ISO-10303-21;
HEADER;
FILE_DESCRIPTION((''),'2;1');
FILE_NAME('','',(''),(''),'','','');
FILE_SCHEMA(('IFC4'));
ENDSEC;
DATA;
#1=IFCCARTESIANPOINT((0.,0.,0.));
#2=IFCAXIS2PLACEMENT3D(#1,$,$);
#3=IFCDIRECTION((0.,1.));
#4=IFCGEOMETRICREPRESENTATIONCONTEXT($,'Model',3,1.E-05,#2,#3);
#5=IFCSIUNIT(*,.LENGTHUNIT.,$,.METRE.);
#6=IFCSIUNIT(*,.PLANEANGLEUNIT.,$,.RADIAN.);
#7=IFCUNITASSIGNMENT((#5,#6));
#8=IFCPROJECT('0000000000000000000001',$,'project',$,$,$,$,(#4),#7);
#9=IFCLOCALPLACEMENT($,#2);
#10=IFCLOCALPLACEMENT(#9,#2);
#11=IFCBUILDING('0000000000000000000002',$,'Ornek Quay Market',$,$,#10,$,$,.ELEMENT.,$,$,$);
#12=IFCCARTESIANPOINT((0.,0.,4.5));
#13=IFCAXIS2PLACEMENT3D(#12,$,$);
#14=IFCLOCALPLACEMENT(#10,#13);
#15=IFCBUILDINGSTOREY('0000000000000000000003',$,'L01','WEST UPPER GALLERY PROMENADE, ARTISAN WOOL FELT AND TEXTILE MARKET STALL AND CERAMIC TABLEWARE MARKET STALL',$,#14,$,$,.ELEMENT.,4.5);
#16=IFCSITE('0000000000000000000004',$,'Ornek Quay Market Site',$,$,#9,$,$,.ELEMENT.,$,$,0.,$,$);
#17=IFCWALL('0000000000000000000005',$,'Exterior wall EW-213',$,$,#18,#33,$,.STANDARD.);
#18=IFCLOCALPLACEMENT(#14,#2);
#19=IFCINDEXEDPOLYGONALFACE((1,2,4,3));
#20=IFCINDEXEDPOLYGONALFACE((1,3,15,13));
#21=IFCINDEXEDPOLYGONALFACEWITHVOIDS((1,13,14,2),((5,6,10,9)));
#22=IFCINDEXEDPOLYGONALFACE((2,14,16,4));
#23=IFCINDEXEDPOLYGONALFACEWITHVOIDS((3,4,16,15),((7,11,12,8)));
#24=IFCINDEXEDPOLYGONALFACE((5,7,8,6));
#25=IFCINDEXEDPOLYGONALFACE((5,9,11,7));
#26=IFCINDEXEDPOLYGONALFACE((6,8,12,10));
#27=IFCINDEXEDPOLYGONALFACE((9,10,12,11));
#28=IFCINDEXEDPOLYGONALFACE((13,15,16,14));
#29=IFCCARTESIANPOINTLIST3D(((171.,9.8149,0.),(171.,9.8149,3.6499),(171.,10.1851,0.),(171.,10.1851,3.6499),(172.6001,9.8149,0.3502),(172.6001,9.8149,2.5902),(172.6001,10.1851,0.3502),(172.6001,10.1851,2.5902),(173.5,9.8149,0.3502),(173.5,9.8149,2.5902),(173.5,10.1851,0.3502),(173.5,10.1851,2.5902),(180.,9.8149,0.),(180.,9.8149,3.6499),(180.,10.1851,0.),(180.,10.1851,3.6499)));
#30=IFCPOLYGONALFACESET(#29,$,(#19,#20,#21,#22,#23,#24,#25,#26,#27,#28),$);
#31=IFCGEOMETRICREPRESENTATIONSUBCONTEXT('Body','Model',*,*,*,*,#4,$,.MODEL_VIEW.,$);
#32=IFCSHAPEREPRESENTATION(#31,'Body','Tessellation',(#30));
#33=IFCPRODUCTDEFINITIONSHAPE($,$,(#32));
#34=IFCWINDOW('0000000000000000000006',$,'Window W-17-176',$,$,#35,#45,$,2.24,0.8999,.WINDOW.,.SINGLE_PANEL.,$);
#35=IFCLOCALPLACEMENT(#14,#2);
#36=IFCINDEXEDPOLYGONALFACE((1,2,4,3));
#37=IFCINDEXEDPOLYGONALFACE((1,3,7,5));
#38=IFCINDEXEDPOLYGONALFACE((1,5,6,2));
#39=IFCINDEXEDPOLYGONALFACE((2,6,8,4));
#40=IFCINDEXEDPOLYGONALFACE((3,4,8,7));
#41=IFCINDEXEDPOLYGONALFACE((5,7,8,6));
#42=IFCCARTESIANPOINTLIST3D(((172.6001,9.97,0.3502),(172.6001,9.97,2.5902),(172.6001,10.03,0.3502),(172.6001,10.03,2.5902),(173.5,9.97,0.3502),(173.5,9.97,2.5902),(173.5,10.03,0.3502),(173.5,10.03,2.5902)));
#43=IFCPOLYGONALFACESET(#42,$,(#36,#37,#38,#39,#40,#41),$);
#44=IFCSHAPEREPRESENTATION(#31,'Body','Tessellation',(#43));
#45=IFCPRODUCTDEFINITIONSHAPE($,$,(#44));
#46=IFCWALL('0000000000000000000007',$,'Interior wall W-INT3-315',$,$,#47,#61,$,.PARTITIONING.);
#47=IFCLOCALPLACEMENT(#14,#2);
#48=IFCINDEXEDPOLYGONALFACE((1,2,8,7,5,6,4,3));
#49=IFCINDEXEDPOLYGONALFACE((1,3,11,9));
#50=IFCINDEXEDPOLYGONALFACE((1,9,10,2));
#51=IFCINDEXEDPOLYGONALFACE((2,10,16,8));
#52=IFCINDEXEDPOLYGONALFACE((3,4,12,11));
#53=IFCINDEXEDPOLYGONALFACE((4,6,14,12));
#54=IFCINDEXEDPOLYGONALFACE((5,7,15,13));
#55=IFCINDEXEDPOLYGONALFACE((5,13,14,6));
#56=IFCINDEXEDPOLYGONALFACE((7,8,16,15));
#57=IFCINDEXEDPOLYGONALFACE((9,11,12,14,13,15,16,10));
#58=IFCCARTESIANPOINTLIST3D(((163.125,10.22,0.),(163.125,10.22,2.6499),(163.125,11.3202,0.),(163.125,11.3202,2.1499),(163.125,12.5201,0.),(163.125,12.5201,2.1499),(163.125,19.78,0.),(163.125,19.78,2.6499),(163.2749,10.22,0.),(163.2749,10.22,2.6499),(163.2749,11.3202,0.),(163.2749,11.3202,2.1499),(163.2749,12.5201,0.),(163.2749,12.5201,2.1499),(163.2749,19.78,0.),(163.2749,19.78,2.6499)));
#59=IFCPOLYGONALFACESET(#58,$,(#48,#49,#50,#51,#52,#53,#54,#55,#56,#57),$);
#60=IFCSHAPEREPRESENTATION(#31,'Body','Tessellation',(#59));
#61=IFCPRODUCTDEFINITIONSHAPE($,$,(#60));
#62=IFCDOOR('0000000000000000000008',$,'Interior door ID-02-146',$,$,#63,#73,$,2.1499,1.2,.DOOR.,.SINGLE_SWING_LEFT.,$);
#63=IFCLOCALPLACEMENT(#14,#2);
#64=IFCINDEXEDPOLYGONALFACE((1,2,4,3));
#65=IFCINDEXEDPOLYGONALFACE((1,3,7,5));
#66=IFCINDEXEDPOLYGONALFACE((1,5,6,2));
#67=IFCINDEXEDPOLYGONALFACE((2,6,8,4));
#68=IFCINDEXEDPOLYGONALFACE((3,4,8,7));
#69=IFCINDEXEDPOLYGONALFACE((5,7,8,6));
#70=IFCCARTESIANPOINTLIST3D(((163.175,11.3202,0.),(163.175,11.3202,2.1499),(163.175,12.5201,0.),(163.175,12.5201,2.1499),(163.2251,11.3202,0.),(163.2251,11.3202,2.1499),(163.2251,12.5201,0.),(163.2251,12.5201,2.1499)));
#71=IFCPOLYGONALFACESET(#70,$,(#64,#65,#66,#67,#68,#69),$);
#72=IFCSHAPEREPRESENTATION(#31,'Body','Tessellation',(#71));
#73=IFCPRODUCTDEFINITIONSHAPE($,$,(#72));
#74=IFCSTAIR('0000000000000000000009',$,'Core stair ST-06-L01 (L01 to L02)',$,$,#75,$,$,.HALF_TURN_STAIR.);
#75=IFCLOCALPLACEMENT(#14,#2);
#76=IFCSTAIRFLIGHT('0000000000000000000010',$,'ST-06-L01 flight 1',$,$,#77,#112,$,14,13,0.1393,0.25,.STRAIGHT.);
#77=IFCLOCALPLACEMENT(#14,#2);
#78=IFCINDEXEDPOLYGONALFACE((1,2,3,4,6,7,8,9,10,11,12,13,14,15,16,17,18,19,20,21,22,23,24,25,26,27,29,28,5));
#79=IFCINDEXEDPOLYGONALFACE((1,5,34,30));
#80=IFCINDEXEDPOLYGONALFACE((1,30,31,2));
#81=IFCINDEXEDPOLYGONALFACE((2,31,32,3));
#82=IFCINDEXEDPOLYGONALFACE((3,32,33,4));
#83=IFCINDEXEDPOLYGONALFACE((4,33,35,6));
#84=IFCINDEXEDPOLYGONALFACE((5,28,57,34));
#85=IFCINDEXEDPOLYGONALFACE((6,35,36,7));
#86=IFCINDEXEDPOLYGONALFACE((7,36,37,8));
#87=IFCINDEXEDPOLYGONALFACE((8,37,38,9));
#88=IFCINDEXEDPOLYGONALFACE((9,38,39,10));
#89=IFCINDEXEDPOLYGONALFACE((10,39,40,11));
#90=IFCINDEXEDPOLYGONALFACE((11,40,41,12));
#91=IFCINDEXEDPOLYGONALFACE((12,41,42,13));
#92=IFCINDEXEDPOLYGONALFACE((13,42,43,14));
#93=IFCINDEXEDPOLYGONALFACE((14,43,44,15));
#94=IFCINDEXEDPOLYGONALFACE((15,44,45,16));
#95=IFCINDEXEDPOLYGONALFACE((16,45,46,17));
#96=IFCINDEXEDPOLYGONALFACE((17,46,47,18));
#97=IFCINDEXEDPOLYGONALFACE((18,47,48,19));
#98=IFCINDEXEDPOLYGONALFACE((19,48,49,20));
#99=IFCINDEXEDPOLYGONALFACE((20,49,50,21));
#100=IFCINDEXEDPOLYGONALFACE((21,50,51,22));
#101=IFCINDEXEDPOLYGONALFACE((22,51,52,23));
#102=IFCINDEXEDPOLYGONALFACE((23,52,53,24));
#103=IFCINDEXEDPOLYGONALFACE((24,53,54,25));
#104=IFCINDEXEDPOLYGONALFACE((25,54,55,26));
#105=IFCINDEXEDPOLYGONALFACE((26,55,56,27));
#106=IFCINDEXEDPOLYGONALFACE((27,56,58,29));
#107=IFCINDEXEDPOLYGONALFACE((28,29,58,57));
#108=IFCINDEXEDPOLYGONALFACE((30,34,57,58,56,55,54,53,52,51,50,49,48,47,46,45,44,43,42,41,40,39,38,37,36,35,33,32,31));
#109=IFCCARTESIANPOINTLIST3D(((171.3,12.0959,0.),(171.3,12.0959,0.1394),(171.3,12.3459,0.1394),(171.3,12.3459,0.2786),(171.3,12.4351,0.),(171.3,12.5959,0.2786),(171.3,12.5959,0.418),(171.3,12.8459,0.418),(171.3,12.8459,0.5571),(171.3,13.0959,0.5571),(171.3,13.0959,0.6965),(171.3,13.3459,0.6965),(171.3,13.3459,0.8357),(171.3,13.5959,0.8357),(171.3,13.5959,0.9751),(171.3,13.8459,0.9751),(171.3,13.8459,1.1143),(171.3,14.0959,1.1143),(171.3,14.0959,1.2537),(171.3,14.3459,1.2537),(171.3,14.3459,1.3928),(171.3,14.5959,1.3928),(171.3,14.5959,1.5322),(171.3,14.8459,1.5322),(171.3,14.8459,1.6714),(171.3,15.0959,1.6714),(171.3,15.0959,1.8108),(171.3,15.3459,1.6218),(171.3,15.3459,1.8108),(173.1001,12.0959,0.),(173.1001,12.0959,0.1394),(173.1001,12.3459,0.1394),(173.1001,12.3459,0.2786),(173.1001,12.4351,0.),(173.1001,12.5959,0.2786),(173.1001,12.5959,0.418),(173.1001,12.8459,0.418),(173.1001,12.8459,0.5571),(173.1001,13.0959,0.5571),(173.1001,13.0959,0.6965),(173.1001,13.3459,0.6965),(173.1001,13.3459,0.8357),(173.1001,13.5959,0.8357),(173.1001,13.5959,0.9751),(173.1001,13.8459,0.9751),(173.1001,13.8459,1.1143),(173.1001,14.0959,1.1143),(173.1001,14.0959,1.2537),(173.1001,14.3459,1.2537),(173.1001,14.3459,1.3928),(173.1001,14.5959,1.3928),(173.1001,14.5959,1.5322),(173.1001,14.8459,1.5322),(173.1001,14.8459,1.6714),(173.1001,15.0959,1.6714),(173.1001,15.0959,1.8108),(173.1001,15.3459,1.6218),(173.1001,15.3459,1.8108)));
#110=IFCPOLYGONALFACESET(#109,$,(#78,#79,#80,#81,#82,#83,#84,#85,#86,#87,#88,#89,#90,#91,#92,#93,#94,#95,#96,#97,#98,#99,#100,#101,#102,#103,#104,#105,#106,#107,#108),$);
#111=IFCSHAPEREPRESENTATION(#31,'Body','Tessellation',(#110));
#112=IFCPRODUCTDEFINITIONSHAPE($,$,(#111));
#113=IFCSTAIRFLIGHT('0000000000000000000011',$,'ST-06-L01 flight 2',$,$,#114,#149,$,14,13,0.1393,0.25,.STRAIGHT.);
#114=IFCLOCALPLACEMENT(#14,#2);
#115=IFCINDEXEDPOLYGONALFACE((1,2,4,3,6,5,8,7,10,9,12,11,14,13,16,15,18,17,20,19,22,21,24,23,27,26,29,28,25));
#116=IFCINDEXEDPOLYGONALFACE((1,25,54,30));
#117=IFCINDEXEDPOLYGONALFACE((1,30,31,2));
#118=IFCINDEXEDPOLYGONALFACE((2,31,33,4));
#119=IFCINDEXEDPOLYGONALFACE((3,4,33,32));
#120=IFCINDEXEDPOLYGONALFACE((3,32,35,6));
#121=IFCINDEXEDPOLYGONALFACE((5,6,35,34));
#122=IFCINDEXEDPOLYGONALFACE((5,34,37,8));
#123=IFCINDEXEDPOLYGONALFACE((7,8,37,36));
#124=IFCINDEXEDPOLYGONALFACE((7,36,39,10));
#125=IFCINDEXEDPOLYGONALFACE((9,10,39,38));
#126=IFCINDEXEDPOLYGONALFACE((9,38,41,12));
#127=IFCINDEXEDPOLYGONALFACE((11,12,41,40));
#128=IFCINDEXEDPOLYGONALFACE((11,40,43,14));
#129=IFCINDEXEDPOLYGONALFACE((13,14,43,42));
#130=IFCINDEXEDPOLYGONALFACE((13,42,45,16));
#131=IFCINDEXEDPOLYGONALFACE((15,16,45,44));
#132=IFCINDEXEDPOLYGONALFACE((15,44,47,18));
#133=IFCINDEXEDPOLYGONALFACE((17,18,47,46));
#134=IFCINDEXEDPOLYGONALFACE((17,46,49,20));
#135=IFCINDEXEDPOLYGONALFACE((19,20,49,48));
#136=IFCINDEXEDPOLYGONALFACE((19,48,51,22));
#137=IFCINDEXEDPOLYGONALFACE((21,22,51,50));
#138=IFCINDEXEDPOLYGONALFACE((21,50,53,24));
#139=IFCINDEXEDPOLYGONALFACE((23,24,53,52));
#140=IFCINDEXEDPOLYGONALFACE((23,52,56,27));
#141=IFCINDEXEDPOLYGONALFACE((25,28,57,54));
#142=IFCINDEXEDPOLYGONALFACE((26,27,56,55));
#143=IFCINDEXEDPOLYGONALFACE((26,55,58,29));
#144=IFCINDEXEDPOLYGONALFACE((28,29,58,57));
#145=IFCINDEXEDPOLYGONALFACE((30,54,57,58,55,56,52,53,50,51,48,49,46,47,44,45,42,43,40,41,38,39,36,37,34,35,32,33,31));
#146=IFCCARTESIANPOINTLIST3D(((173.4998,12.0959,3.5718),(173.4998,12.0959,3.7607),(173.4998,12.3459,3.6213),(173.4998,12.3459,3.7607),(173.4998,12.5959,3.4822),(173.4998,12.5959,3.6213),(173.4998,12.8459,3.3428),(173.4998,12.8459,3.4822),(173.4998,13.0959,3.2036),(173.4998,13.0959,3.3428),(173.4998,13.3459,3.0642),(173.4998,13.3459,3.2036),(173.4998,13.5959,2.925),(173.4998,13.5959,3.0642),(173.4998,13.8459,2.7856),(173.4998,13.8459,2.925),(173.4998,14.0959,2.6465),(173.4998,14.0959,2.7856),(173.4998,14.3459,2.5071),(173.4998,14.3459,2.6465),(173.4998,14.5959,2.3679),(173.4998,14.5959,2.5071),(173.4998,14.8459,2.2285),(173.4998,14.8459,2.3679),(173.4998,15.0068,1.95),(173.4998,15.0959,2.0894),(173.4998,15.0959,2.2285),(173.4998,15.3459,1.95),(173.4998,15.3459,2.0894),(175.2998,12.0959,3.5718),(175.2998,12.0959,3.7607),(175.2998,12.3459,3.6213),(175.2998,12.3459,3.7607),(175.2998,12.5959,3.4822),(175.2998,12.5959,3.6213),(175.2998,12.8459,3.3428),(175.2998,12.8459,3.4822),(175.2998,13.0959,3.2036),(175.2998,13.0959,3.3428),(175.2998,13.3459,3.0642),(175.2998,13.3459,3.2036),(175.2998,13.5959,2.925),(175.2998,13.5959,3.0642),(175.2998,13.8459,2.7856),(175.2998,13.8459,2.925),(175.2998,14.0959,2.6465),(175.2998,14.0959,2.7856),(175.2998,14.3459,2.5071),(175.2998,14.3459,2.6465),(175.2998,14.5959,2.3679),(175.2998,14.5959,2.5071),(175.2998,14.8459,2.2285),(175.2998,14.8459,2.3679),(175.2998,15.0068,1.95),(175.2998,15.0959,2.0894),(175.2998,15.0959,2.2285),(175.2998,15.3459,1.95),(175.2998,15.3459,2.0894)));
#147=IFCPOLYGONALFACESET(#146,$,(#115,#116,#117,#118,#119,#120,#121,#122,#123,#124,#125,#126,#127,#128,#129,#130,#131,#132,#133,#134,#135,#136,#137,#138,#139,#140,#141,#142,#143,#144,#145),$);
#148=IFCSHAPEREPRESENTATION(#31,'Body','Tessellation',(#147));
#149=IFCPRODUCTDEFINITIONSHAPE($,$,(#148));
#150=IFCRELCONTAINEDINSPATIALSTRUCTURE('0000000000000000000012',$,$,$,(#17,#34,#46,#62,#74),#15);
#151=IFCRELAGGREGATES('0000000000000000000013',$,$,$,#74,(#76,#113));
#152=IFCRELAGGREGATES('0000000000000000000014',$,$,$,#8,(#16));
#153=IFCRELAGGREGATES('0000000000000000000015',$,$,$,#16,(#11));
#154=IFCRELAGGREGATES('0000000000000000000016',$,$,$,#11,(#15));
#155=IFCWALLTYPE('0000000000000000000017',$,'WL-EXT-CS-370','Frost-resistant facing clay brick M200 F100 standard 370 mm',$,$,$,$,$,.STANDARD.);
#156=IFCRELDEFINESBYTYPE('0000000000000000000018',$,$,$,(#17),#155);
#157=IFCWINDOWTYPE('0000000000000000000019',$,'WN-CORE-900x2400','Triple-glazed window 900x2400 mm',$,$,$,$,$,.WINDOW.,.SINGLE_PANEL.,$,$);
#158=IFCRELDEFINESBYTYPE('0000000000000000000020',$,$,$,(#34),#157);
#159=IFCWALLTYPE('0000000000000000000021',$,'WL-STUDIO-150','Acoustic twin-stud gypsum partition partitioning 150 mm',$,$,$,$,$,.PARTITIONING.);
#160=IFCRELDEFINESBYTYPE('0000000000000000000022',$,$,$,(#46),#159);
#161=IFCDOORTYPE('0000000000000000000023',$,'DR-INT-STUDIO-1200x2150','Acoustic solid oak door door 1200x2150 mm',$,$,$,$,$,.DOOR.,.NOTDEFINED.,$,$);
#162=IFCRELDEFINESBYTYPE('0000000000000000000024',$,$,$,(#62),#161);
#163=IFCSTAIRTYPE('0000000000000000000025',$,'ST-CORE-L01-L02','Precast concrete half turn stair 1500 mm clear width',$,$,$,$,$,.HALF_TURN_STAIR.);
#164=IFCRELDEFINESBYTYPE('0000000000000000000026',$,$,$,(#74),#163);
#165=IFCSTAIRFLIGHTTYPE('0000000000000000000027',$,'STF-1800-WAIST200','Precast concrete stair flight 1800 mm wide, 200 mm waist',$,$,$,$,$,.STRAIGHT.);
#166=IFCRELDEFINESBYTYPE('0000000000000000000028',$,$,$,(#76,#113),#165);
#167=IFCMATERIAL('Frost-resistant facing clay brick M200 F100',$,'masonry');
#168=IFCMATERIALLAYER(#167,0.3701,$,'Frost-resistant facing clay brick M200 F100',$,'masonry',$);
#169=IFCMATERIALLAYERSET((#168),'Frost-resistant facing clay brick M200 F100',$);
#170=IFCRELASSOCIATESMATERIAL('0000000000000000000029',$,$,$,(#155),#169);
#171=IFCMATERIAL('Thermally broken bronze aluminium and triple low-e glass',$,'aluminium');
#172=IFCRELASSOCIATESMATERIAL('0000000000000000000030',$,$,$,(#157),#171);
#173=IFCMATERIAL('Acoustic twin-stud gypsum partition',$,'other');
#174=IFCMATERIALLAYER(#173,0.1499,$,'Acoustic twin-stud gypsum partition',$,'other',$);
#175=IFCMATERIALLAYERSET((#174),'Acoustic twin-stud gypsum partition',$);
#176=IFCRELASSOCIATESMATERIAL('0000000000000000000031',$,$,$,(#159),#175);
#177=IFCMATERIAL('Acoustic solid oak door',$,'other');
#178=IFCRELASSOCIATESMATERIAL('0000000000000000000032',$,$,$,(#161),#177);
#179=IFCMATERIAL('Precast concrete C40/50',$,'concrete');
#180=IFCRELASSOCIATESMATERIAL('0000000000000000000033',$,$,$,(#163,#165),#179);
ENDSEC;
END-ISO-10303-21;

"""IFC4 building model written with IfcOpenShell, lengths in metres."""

from ifc_helpers import new_model, si_unit, direction, frame, frame_2d, origin, place, context, subcontext, project, spatial, polyline, rectangle, outline, extrude, material, layer, layer_set, type_object, element, fill, aggregate, save


model = new_model("IFC4")

# Units and contexts
model_context = context("Model", 3, precision=1e-05, world=origin(), true_north=direction((0.0, 1.0)))
body_context = subcontext(model_context, "Body", "Model", "MODEL_VIEW")
ifc_project = project(units=[si_unit("LENGTHUNIT", "METRE"), si_unit("PLANEANGLEUNIT", "RADIAN")], contexts=[model_context])

# Site, building, storey
site_placement = place(None, origin())
site = spatial("IfcSite", under=ifc_project, at=site_placement, Name="Ornek Quay Market Site", CompositionType="ELEMENT", RefElevation=0.0)
building_placement = place(site_placement, origin())
building = spatial("IfcBuilding", under=site, at=building_placement, Name="Ornek Quay Market", CompositionType="ELEMENT")
storey_placement = place(building_placement, frame((0.0, 0.0, 4.5)))
storey = spatial("IfcBuildingStorey", under=building, at=storey_placement, Name="L01", Description="WEST UPPER GALLERY PROMENADE, ARTISAN WOOL FELT AND TEXTILE MARKET STALL AND CERAMIC TABLEWARE MARKET STALL", CompositionType="ELEMENT", Elevation=4.5)

# Wall, opening, window
ifc_material_1 = material(Name="Frost-resistant facing clay brick M200 F100", Category="masonry")
ifc_layer_1 = layer(ifc_material_1, 0.3701, Name="Frost-resistant facing clay brick M200 F100", Category="masonry")
ifc_layer_set_1 = layer_set([ifc_layer_1], Name="Frost-resistant facing clay brick M200 F100")
wall_type_1 = type_object("IfcWallType", Name="WL-EXT-CS-370", Description="Frost-resistant facing clay brick M200 F100 standard 370 mm", PredefinedType="STANDARD", material=ifc_layer_set_1)
ifc_material_2 = material(Name="Thermally broken bronze aluminium and triple low-e glass", Category="aluminium")
wall_1_placement = place(storey_placement, frame((171.0, 10.0, 0.0), z_axis=(0.0, 0.0, 1.0), x_axis=(1.0, 0.0, 0.0)))
wall_1 = element("IfcWall", 1, at=wall_1_placement, inside=storey, type_object=wall_type_1, Name="Exterior wall EW-213", PredefinedType="STANDARD", context=body_context, shape_type="SweptSolid", body=[
    extrude(rectangle(XDim=9.0, YDim=0.3701, at=frame_2d((4.5, 0.0))), origin(), (0.0, 0.0, 1.0), 3.6499),
])
opening_1_placement = place(wall_1_placement, frame((1.6001, 0.0, 0.3501)))
opening_1 = element("IfcOpeningElement", 2, at=opening_1_placement, cuts=wall_1, PredefinedType="OPENING", context=body_context, shape_type="SweptSolid", body=[
    extrude(rectangle(XDim=0.8999, YDim=2.24, at=frame_2d((0.45, 1.1201))), frame((0.0, 0.1951, 0.0), z_axis=(0.0, -1.0, 0.0), x_axis=(1.0, 0.0, 0.0)), (0.0, 0.0, 1.0), 0.3901),
])
window_type_1 = type_object("IfcWindowType", Name="WN-CORE-900x2400", Description="Triple-glazed window 900x2400 mm", PartitioningType="SINGLE_PANEL", PredefinedType="WINDOW", material=ifc_material_2)
window_1_placement = place(opening_1_placement, origin())
window_1 = element("IfcWindow", 3, at=window_1_placement, inside=storey, type_object=window_type_1, Name="Window W-17-176", OverallHeight=2.24, OverallWidth=0.8999, PartitioningType="SINGLE_PANEL", PredefinedType="WINDOW", context=body_context, shape_type="SweptSolid", body=[
    extrude(rectangle(XDim=0.8999, YDim=2.24, at=frame_2d((0.45, 1.1201))), frame((0.0, 0.03, 0.0), z_axis=(0.0, -1.0, 0.0), x_axis=(1.0, 0.0, 0.0)), (0.0, 0.0, 1.0), 0.0601),
])
fill(opening_1, window_1)

# Wall, opening, door
ifc_material_3 = material(Name="Acoustic twin-stud gypsum partition", Category="other")
ifc_layer_2 = layer(ifc_material_3, 0.1499, Name="Acoustic twin-stud gypsum partition", Category="other")
ifc_layer_set_2 = layer_set([ifc_layer_2], Name="Acoustic twin-stud gypsum partition")
wall_type_2 = type_object("IfcWallType", Name="WL-STUDIO-150", Description="Acoustic twin-stud gypsum partition partitioning 150 mm", PredefinedType="PARTITIONING", material=ifc_layer_set_2)
wall_2_placement = place(storey_placement, frame((163.2, 10.22, 0.0), z_axis=(0.0, 0.0, 1.0), x_axis=(0.0, 1.0, 0.0)))
wall_2 = element("IfcWall", 4, at=wall_2_placement, inside=storey, type_object=wall_type_2, Name="Interior wall W-INT3-315", PredefinedType="PARTITIONING", context=body_context, shape_type="SweptSolid", body=[
    extrude(rectangle(XDim=9.5601, YDim=0.1499, at=frame_2d((4.78, 0.0))), origin(), (0.0, 0.0, 1.0), 2.6499),
])
opening_2_placement = place(wall_2_placement, frame((1.1001, 0.0, 0.0)))
opening_2 = element("IfcOpeningElement", 5, at=opening_2_placement, cuts=wall_2, PredefinedType="OPENING", context=body_context, shape_type="SweptSolid", body=[
    extrude(rectangle(XDim=1.2, YDim=2.1499, at=frame_2d((0.6001, 1.075))), frame((0.0, 0.085, 0.0), z_axis=(0.0, -1.0, 0.0), x_axis=(1.0, 0.0, 0.0)), (0.0, 0.0, 1.0), 0.1699),
])
ifc_material_4 = material(Name="Acoustic solid oak door", Category="other")
door_type_1 = type_object("IfcDoorType", Name="DR-INT-STUDIO-1200x2150", Description="Acoustic solid oak door door 1200x2150 mm", OperationType="NOTDEFINED", PredefinedType="DOOR", material=ifc_material_4)
door_1_placement = place(opening_2_placement, origin())
door_1 = element("IfcDoor", 6, at=door_1_placement, inside=storey, type_object=door_type_1, Name="Interior door ID-02-146", OperationType="SINGLE_SWING_LEFT", OverallHeight=2.1499, OverallWidth=1.2, PredefinedType="DOOR", context=body_context, shape_type="SweptSolid", body=[
    extrude(rectangle(XDim=1.2, YDim=2.1499, at=frame_2d((0.6001, 1.075))), frame((0.0, 0.0249, 0.0), z_axis=(0.0, -1.0, 0.0), x_axis=(1.0, 0.0, 0.0)), (0.0, 0.0, 1.0), 0.05),
])
fill(opening_2, door_1)

# Stair, stair flights
ifc_material_5 = material(Name="Precast concrete C40/50", Category="concrete")
stair_type = type_object("IfcStairType", Name="ST-CORE-L01-L02", Description="Precast concrete half turn stair 1500 mm clear width", PredefinedType="HALF_TURN_STAIR", material=ifc_material_5)
stair_placement = place(storey_placement, origin())
stair = element("IfcStair", 7, at=stair_placement, inside=storey, type_object=stair_type, Name="Core stair ST-06-L01 (L01 to L02)", PredefinedType="HALF_TURN_STAIR")
stair_flight_type = type_object("IfcStairFlightType", Name="STF-1800-WAIST200", Description="Precast concrete stair flight 1800 mm wide, 200 mm waist", PredefinedType="STRAIGHT", material=ifc_material_5)
stair_flight_1_placement = place(storey_placement, frame((172.2, 12.0959, 0.0), z_axis=(0.0, 0.0, 1.0), x_axis=(0.0, 1.0, 0.0)))
stair_flight_1 = element("IfcStairFlight", 8, at=stair_flight_1_placement, type_object=stair_flight_type, Name="ST-06-L01 flight 1", NumberOfRisers=14, NumberOfTreads=13, PredefinedType="STRAIGHT", RiserHeight=0.1393, TreadLength=0.25, context=body_context, shape_type="SweptSolid", body=[
    extrude(outline(polyline([(0.0, 0.0), (0.0, 0.1394), (0.25, 0.1394), (0.25, 0.2786), (0.5, 0.2786), (0.5, 0.418), (0.75, 0.418), (0.75, 0.5571), (1.0, 0.5571), (1.0, 0.6965), (1.25, 0.6965), (1.25, 0.8357), (1.5, 0.8357), (1.5, 0.9751), (1.75, 0.9751), (1.75, 1.1143), (2.0, 1.1143), (2.0, 1.2537), (2.25, 1.2537), (2.25, 1.3928), (2.5, 1.3928), (2.5, 1.5322), (2.75, 1.5322), (2.75, 1.6714), (3.0, 1.6714), (3.0, 1.8108), (3.25, 1.8108), (3.25, 1.95), (3.25, 1.6218), (0.3391, 0.0), (0.0, 0.0)])), frame((0.0, 0.8999, 0.0), z_axis=(0.0, -1.0, 0.0), x_axis=(1.0, 0.0, 0.0)), (0.0, 0.0, 1.0), 1.8),
])
stair_flight_2_placement = place(storey_placement, frame((174.3999, 15.3459, 1.95), z_axis=(0.0, 0.0, 1.0), x_axis=(0.0, -1.0, 0.0)))
stair_flight_2 = element("IfcStairFlight", 9, at=stair_flight_2_placement, type_object=stair_flight_type, Name="ST-06-L01 flight 2", NumberOfRisers=14, NumberOfTreads=13, PredefinedType="STRAIGHT", RiserHeight=0.1393, TreadLength=0.25, context=body_context, shape_type="SweptSolid", body=[
    extrude(outline(polyline([(0.0, 0.0), (0.0, 0.1394), (0.25, 0.1394), (0.25, 0.2786), (0.5, 0.2786), (0.5, 0.418), (0.75, 0.418), (0.75, 0.5571), (1.0, 0.5571), (1.0, 0.6965), (1.25, 0.6965), (1.25, 0.8357), (1.5, 0.8357), (1.5, 0.9751), (1.75, 0.9751), (1.75, 1.1143), (2.0, 1.1143), (2.0, 1.2537), (2.25, 1.2537), (2.25, 1.3928), (2.5, 1.3928), (2.5, 1.5322), (2.75, 1.5322), (2.75, 1.6714), (3.0, 1.6714), (3.0, 1.8108), (3.25, 1.8108), (3.25, 1.95), (3.25, 1.6218), (0.3391, 0.0), (0.0, 0.0)])), frame((0.0, 0.8999, 0.0), z_axis=(0.0, -1.0, 0.0), x_axis=(1.0, 0.0, 0.0)), (0.0, 0.0, 1.0), 1.8),
])
aggregate(stair, [stair_flight_1, stair_flight_2])

save(model, "model.ifc")
